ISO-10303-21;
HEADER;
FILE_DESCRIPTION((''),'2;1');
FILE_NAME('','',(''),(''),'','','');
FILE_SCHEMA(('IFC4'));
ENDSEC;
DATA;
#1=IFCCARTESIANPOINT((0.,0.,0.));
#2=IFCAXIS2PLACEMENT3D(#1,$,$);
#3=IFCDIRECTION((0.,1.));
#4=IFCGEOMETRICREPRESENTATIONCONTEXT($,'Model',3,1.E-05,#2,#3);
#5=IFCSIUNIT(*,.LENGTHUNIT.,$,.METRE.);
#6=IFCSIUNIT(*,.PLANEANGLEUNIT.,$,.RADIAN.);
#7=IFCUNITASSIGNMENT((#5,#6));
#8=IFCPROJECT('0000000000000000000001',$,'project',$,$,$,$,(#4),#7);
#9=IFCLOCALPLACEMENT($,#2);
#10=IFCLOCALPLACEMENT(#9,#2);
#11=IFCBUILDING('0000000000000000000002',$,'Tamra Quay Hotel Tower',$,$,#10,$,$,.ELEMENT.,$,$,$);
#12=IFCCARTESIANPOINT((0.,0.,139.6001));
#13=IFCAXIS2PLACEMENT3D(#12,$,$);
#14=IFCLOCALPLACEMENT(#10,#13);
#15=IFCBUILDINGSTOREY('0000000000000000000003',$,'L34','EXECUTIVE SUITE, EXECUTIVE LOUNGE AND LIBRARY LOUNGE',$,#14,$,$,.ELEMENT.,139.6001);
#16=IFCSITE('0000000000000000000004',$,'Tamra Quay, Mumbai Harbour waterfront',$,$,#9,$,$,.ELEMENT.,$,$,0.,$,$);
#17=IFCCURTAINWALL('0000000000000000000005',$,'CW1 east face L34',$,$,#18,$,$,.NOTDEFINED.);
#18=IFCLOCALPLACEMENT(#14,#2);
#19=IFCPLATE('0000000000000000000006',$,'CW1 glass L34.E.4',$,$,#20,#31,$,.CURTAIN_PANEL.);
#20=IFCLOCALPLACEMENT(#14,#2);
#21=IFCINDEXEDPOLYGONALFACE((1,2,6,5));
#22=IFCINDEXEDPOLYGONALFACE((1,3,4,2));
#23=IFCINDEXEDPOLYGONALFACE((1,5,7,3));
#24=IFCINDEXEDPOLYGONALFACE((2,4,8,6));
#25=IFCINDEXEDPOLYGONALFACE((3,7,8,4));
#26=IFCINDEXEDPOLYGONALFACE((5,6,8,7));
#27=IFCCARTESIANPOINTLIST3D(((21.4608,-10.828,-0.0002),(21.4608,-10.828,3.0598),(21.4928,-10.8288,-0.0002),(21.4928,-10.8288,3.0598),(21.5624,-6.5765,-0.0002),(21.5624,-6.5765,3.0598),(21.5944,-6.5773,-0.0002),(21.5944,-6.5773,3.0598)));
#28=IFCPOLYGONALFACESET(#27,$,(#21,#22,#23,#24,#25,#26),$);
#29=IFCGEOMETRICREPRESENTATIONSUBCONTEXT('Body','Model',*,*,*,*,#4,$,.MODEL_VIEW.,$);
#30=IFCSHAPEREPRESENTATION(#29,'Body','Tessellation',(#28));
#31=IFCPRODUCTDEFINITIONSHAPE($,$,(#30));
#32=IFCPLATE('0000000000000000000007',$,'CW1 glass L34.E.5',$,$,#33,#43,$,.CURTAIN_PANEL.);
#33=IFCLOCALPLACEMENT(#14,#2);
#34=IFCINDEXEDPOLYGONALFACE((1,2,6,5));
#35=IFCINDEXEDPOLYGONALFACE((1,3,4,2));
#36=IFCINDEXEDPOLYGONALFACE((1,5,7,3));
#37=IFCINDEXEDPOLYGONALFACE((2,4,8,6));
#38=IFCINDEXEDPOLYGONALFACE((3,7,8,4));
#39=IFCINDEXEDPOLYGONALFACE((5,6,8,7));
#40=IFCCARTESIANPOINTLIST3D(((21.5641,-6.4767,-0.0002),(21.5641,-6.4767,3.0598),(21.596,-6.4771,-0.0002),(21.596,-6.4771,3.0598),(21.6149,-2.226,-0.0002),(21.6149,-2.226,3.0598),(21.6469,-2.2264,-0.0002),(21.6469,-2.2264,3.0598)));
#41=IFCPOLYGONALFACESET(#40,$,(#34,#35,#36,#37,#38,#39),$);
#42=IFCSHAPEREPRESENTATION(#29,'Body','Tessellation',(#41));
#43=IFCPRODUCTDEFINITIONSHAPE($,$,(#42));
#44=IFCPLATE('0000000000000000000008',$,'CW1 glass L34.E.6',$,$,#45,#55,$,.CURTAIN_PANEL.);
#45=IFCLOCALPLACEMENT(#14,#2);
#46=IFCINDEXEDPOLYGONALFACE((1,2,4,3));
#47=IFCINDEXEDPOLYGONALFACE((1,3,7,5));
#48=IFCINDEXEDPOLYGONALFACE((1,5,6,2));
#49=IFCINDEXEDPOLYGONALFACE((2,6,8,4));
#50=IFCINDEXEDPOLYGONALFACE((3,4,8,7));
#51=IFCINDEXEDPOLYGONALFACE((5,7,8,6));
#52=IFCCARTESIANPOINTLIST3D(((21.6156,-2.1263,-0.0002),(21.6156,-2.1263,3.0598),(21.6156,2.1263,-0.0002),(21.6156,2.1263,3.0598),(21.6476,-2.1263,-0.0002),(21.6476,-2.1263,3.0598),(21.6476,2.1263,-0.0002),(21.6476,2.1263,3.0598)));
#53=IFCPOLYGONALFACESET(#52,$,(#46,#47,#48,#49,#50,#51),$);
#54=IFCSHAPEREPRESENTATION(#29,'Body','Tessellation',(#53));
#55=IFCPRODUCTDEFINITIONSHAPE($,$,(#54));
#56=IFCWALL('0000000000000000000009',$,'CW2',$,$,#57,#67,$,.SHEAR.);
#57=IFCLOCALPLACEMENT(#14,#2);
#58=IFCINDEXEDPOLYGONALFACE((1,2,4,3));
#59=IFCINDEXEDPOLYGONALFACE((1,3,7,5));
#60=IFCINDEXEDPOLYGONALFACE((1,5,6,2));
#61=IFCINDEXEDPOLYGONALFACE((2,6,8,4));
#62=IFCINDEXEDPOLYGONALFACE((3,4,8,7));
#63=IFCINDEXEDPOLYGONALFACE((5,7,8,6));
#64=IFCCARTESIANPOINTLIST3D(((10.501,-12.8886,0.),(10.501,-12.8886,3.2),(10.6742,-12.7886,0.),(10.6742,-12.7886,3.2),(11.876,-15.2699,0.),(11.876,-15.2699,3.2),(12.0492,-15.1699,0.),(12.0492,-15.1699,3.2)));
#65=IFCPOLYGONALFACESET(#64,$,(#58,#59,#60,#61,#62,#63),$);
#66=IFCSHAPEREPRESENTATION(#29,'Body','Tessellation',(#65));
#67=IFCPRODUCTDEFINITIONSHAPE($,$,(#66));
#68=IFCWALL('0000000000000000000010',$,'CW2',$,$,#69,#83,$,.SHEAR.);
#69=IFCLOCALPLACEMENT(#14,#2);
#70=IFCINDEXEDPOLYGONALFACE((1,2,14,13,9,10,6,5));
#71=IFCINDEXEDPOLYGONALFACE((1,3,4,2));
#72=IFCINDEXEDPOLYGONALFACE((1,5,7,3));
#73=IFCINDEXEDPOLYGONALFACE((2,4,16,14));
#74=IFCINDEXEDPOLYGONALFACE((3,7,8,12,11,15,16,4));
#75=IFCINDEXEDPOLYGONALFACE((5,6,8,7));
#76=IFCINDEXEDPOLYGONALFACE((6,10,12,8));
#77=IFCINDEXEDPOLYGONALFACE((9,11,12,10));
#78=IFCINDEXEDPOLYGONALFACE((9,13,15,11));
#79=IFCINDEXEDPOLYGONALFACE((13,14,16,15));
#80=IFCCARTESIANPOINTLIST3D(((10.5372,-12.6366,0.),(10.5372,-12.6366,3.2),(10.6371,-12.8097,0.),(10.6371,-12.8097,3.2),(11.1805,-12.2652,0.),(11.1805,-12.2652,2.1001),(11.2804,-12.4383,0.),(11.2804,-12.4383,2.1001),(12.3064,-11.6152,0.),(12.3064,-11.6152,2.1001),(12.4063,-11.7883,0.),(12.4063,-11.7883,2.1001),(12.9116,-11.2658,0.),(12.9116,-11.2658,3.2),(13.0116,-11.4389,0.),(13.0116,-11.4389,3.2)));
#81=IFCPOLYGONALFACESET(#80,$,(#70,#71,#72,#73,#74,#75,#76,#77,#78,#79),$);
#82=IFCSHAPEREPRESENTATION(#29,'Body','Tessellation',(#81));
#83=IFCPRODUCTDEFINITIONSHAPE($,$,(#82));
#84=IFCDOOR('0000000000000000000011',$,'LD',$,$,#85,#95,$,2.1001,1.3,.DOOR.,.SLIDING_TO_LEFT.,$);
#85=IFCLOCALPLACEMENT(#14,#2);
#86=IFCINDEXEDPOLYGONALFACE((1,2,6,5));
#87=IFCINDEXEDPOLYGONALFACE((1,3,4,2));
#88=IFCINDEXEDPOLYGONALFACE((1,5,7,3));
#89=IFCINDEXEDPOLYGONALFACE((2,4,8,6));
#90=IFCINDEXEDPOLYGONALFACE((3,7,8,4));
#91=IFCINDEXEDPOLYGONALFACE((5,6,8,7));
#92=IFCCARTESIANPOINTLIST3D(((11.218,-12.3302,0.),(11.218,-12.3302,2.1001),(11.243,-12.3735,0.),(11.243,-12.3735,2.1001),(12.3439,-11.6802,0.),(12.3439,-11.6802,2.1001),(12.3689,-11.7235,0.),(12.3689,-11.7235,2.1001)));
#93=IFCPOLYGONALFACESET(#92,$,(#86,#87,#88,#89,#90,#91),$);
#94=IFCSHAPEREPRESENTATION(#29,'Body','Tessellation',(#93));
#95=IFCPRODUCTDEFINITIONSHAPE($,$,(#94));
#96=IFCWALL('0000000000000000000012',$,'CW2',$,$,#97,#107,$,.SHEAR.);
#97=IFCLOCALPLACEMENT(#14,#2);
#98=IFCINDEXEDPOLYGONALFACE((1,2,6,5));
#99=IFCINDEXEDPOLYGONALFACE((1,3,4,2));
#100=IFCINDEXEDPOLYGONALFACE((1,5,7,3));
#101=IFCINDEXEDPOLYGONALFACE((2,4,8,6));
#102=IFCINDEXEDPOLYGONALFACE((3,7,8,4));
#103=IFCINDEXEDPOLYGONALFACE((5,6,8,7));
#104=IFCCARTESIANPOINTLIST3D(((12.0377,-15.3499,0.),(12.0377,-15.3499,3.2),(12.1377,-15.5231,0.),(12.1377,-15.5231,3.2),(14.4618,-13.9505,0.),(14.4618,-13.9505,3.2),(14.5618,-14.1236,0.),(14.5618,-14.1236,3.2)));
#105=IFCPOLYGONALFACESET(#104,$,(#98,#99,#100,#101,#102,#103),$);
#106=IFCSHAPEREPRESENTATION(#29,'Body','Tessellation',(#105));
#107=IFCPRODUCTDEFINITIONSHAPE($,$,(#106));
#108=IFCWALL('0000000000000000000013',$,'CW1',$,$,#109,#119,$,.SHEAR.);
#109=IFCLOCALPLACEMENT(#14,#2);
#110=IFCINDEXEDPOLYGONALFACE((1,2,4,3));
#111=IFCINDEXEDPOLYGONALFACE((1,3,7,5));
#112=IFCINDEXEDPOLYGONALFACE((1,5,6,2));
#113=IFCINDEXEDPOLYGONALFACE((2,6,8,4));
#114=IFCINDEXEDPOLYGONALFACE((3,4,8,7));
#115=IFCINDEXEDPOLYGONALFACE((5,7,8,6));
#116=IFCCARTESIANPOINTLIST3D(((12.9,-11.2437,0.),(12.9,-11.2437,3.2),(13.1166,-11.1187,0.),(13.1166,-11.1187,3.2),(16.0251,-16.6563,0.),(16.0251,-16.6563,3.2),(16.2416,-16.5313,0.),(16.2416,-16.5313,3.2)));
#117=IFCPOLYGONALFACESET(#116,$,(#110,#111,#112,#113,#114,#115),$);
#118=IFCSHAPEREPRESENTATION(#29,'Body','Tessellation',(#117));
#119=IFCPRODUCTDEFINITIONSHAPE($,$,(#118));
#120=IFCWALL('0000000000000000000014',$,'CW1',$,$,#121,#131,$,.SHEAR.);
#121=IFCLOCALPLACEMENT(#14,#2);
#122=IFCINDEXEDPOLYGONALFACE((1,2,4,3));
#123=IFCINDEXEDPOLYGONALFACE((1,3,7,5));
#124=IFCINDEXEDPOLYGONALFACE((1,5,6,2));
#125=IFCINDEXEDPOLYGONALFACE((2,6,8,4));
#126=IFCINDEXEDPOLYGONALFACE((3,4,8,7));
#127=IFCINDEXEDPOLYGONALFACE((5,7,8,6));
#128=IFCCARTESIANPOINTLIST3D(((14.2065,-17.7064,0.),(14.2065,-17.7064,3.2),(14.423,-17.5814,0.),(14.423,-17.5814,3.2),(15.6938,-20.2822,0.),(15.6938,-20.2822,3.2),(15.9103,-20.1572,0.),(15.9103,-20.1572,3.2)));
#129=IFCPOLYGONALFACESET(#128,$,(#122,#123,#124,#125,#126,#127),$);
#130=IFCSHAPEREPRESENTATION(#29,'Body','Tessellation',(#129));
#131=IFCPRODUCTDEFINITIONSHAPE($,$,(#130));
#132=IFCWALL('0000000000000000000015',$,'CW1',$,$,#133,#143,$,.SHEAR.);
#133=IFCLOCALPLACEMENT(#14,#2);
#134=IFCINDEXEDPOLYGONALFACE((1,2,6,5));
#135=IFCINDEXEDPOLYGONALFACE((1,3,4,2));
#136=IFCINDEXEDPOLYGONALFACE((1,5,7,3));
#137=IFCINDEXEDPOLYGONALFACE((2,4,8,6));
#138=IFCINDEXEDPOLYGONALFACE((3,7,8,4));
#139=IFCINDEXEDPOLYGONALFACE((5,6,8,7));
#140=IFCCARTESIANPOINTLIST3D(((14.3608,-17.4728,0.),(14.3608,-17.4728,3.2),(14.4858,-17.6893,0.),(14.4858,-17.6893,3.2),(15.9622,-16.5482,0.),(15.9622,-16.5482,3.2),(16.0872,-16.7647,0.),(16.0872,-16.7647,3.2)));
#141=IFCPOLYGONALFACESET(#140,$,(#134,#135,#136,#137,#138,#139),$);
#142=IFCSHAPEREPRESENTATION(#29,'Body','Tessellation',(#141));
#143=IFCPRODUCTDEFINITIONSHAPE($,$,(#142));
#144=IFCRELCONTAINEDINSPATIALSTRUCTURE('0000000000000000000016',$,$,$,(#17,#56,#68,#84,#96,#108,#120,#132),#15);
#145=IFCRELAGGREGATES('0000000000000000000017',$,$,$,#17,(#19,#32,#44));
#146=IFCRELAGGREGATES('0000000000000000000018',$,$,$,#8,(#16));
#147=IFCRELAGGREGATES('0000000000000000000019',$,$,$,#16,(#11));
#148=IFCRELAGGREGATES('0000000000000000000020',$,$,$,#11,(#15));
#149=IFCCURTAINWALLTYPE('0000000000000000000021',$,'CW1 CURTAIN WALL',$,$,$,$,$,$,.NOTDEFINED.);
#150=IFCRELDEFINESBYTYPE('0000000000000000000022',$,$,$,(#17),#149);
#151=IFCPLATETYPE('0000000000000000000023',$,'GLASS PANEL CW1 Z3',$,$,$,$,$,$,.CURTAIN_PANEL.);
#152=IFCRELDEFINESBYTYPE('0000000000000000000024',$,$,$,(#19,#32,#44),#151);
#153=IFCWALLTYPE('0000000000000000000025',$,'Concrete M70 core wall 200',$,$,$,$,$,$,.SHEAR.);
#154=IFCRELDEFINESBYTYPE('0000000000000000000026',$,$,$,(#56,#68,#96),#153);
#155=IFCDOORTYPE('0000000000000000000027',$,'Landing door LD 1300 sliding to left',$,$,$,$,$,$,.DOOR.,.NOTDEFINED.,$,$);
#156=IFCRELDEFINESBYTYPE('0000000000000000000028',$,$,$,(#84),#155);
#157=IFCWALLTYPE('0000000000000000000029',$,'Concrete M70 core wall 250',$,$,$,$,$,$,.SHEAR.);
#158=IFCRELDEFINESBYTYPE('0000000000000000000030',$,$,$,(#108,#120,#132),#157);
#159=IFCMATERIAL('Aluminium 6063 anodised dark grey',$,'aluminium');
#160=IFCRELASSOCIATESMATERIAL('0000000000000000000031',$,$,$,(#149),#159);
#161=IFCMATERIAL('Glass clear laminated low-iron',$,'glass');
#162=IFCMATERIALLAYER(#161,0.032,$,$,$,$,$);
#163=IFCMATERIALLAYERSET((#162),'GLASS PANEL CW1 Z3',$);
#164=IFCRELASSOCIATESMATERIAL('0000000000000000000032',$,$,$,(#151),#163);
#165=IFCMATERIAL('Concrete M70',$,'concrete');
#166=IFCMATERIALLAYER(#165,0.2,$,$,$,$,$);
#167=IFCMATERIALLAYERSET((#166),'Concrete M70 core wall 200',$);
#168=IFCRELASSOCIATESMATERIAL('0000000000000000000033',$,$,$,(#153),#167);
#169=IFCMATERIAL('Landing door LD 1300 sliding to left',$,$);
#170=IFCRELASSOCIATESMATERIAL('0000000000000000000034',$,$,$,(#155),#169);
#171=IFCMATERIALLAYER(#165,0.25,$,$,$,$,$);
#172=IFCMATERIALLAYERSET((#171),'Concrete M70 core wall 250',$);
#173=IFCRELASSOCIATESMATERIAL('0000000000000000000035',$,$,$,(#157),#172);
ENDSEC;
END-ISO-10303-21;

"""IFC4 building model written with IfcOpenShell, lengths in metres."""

from ifc_helpers import new_model, si_unit, direction, frame, frame_2d, origin, origin_2d, place, context, subcontext, project, spatial, rectangle, extrude, material, layer, layer_set, type_object, element, fill, aggregate, save


model = new_model("IFC4")

# Units and contexts
model_context = context("Model", 3, precision=1e-05, world=origin(), true_north=direction((0.0, 1.0)))
body_context = subcontext(model_context, "Body", "Model", "MODEL_VIEW")
ifc_project = project(units=[si_unit("LENGTHUNIT", "METRE"), si_unit("PLANEANGLEUNIT", "RADIAN")], contexts=[model_context])

# Site, building, storey
site_placement = place(None, origin())
site = spatial("IfcSite", under=ifc_project, at=site_placement, Name="Tamra Quay, Mumbai Harbour waterfront", CompositionType="ELEMENT", RefElevation=0.0)
building_placement = place(site_placement, origin())
building = spatial("IfcBuilding", under=site, at=building_placement, Name="Tamra Quay Hotel Tower", CompositionType="ELEMENT")
storey_placement = place(building_placement, frame((0.0, 0.0, 139.6001)))
storey = spatial("IfcBuildingStorey", under=building, at=storey_placement, Name="L34", Description="EXECUTIVE SUITE, EXECUTIVE LOUNGE AND LIBRARY LOUNGE", CompositionType="ELEMENT", Elevation=139.6001)

# Shared definitions
ifc_material_1 = material(Name="Concrete M70", Category="concrete")

# Curtain wall
ifc_material_2 = material(Name="Aluminium 6063 anodised dark grey", Category="aluminium")
curtain_wall_type = type_object("IfcCurtainWallType", Name="CW1 CURTAIN WALL", PredefinedType="NOTDEFINED", material=ifc_material_2)
curtain_wall_placement = place(storey_placement, origin())
curtain_wall = element("IfcCurtainWall", 1, at=curtain_wall_placement, inside=storey, type_object=curtain_wall_type, Name="CW1 east face L34", PredefinedType="NOTDEFINED")

# Plates
ifc_material_3 = material(Name="Glass clear laminated low-iron", Category="glass")
ifc_layer_1 = layer(ifc_material_3, 0.032)
ifc_layer_set_1 = layer_set([ifc_layer_1], Name="GLASS PANEL CW1 Z3")
plate_type = type_object("IfcPlateType", Name="GLASS PANEL CW1 Z3", PredefinedType="CURTAIN_PANEL", material=ifc_layer_set_1)
plate_1_placement = place(storey_placement, frame((21.5276, -8.7026, -0.0002), z_axis=(0.0, 0.0, 1.0), x_axis=(0.023896, 0.999714, 0.0)))
plate_1 = element("IfcPlate", 2, at=plate_1_placement, type_object=plate_type, Name="CW1 glass L34.E.4", PredefinedType="CURTAIN_PANEL", context=body_context, shape_type="SweptSolid", body=[
    extrude(rectangle(XDim=4.2527, YDim=0.032, at=origin_2d()), origin(), (0.0, 0.0, 1.0), 3.0601),
])
plate_2_placement = place(storey_placement, frame((21.6055, -4.3516, -0.0002), z_axis=(0.0, 0.0, 1.0), x_axis=(0.011957, 0.999929, 0.0)))
plate_2 = element("IfcPlate", 3, at=plate_2_placement, type_object=plate_type, Name="CW1 glass L34.E.5", PredefinedType="CURTAIN_PANEL", context=body_context, shape_type="SweptSolid", body=[
    extrude(rectangle(XDim=4.251, YDim=0.032, at=origin_2d()), origin(), (0.0, 0.0, 1.0), 3.0601),
])
plate_3_placement = place(storey_placement, frame((21.6316, 0.0, -0.0002), z_axis=(0.0, 0.0, 1.0), x_axis=(0.0, 1.0, 0.0)))
plate_3 = element("IfcPlate", 4, at=plate_3_placement, type_object=plate_type, Name="CW1 glass L34.E.6", PredefinedType="CURTAIN_PANEL", context=body_context, shape_type="SweptSolid", body=[
    extrude(rectangle(XDim=4.2527, YDim=0.032, at=origin_2d()), origin(), (0.0, 0.0, 1.0), 3.0601),
])
aggregate(curtain_wall, [plate_1, plate_2, plate_3])

# Wall
ifc_layer_2 = layer(ifc_material_1, 0.2)
ifc_layer_set_2 = layer_set([ifc_layer_2], Name="Concrete M70 core wall 200")
wall_type_1 = type_object("IfcWallType", Name="Concrete M70 core wall 200", PredefinedType="SHEAR", material=ifc_layer_set_2)
wall_1_placement = place(storey_placement, frame((11.9626, -15.22, 0.0), z_axis=(0.0, 0.0, 1.0), x_axis=(-0.500035, 0.866005, 0.0)))
element("IfcWall", 5, at=wall_1_placement, inside=storey, type_object=wall_type_1, Name="CW2", PredefinedType="SHEAR", context=body_context, shape_type="SweptSolid", body=[
    extrude(rectangle(XDim=2.7498, YDim=0.2, at=frame_2d((1.375, 0.0))), origin(), (0.0, 0.0, 1.0), 3.2),
])

# Wall, opening, door
wall_2_placement = place(storey_placement, frame((10.5872, -12.7231, 0.0), z_axis=(0.0, 0.0, 1.0), x_axis=(0.866037, 0.499979, 0.0)))
wall_2 = element("IfcWall", 6, at=wall_2_placement, inside=storey, type_object=wall_type_1, Name="CW2", PredefinedType="SHEAR", context=body_context, shape_type="SweptSolid", body=[
    extrude(rectangle(XDim=2.7417, YDim=0.2, at=frame_2d((1.3708, 0.0))), origin(), (0.0, 0.0, 1.0), 3.2),
])
opening_placement = place(wall_2_placement, frame((0.7429, 0.0, 0.0)))
opening = element("IfcOpeningElement", 7, at=opening_placement, cuts=wall_2, PredefinedType="OPENING", context=body_context, shape_type="SweptSolid", body=[
    extrude(rectangle(XDim=1.3, YDim=2.1001, at=frame_2d((0.6499, 1.05))), frame((0.0, 0.1099, 0.0), z_axis=(0.0, -1.0, 0.0), x_axis=(1.0, 0.0, 0.0)), (0.0, 0.0, 1.0), 0.22),
])
ifc_material_4 = material(Name="Landing door LD 1300 sliding to left")
door_type = type_object("IfcDoorType", Name="Landing door LD 1300 sliding to left", OperationType="NOTDEFINED", PredefinedType="DOOR", material=ifc_material_4)
door_placement = place(opening_placement, origin())
door = element("IfcDoor", 8, at=door_placement, inside=storey, type_object=door_type, Name="LD", OperationType="SLIDING_TO_LEFT", OverallHeight=2.1001, OverallWidth=1.3, PredefinedType="DOOR", context=body_context, shape_type="SweptSolid", body=[
    extrude(rectangle(XDim=1.3, YDim=2.1001, at=frame_2d((0.6499, 1.05))), frame((0.0, 0.0249, 0.0), z_axis=(0.0, -1.0, 0.0), x_axis=(1.0, 0.0, 0.0)), (0.0, 0.0, 1.0), 0.05),
])
fill(opening, door)

# Walls
wall_3_placement = place(storey_placement, frame((14.5117, -14.0371, 0.0), z_axis=(0.0, 0.0, 1.0), x_axis=(-0.866045, -0.499967, 0.0)))
element("IfcWall", 9, at=wall_3_placement, inside=storey, type_object=wall_type_1, Name="CW2", PredefinedType="SHEAR", context=body_context, shape_type="SweptSolid", body=[
    extrude(rectangle(XDim=2.7991, YDim=0.2, at=frame_2d((1.3994, 0.0))), origin(), (0.0, 0.0, 1.0), 3.2),
])
ifc_layer_3 = layer(ifc_material_1, 0.25)
ifc_layer_set_3 = layer_set([ifc_layer_3], Name="Concrete M70 core wall 250")
wall_type_2 = type_object("IfcWallType", Name="Concrete M70 core wall 250", PredefinedType="SHEAR", material=ifc_layer_set_3)
wall_4_placement = place(storey_placement, frame((13.0083, -11.1812, 0.0), z_axis=(0.0, 0.0, 1.0), x_axis=(0.500004, -0.866023, 0.0)))
element("IfcWall", 10, at=wall_4_placement, inside=storey, type_object=wall_type_2, Name="CW1", PredefinedType="SHEAR", context=body_context, shape_type="SweptSolid", body=[
    extrude(rectangle(XDim=6.25, YDim=0.25, at=frame_2d((3.125, 0.0))), origin(), (0.0, 0.0, 1.0), 3.2),
])
wall_5_placement = place(storey_placement, frame((14.3147, -17.6438, 0.0), z_axis=(0.0, 0.0, 1.0), x_axis=(0.500023, -0.866012, 0.0)))
element("IfcWall", 11, at=wall_5_placement, inside=storey, type_object=wall_type_2, Name="CW1", PredefinedType="SHEAR", context=body_context, shape_type="SweptSolid", body=[
    extrude(rectangle(XDim=2.9744, YDim=0.25, at=frame_2d((1.4873, 0.0))), origin(), (0.0, 0.0, 1.0), 3.2),
])
wall_6_placement = place(storey_placement, frame((16.0247, -16.6565, 0.0), z_axis=(0.0, 0.0, 1.0), x_axis=(-0.866016, -0.500016, 0.0)))
element("IfcWall", 12, at=wall_6_placement, inside=storey, type_object=wall_type_2, Name="CW1", PredefinedType="SHEAR", context=body_context, shape_type="SweptSolid", body=[
    extrude(rectangle(XDim=1.8491, YDim=0.25, at=frame_2d((0.9246, 0.0))), origin(), (0.0, 0.0, 1.0), 3.2),
])

save(model, "model.ifc")
